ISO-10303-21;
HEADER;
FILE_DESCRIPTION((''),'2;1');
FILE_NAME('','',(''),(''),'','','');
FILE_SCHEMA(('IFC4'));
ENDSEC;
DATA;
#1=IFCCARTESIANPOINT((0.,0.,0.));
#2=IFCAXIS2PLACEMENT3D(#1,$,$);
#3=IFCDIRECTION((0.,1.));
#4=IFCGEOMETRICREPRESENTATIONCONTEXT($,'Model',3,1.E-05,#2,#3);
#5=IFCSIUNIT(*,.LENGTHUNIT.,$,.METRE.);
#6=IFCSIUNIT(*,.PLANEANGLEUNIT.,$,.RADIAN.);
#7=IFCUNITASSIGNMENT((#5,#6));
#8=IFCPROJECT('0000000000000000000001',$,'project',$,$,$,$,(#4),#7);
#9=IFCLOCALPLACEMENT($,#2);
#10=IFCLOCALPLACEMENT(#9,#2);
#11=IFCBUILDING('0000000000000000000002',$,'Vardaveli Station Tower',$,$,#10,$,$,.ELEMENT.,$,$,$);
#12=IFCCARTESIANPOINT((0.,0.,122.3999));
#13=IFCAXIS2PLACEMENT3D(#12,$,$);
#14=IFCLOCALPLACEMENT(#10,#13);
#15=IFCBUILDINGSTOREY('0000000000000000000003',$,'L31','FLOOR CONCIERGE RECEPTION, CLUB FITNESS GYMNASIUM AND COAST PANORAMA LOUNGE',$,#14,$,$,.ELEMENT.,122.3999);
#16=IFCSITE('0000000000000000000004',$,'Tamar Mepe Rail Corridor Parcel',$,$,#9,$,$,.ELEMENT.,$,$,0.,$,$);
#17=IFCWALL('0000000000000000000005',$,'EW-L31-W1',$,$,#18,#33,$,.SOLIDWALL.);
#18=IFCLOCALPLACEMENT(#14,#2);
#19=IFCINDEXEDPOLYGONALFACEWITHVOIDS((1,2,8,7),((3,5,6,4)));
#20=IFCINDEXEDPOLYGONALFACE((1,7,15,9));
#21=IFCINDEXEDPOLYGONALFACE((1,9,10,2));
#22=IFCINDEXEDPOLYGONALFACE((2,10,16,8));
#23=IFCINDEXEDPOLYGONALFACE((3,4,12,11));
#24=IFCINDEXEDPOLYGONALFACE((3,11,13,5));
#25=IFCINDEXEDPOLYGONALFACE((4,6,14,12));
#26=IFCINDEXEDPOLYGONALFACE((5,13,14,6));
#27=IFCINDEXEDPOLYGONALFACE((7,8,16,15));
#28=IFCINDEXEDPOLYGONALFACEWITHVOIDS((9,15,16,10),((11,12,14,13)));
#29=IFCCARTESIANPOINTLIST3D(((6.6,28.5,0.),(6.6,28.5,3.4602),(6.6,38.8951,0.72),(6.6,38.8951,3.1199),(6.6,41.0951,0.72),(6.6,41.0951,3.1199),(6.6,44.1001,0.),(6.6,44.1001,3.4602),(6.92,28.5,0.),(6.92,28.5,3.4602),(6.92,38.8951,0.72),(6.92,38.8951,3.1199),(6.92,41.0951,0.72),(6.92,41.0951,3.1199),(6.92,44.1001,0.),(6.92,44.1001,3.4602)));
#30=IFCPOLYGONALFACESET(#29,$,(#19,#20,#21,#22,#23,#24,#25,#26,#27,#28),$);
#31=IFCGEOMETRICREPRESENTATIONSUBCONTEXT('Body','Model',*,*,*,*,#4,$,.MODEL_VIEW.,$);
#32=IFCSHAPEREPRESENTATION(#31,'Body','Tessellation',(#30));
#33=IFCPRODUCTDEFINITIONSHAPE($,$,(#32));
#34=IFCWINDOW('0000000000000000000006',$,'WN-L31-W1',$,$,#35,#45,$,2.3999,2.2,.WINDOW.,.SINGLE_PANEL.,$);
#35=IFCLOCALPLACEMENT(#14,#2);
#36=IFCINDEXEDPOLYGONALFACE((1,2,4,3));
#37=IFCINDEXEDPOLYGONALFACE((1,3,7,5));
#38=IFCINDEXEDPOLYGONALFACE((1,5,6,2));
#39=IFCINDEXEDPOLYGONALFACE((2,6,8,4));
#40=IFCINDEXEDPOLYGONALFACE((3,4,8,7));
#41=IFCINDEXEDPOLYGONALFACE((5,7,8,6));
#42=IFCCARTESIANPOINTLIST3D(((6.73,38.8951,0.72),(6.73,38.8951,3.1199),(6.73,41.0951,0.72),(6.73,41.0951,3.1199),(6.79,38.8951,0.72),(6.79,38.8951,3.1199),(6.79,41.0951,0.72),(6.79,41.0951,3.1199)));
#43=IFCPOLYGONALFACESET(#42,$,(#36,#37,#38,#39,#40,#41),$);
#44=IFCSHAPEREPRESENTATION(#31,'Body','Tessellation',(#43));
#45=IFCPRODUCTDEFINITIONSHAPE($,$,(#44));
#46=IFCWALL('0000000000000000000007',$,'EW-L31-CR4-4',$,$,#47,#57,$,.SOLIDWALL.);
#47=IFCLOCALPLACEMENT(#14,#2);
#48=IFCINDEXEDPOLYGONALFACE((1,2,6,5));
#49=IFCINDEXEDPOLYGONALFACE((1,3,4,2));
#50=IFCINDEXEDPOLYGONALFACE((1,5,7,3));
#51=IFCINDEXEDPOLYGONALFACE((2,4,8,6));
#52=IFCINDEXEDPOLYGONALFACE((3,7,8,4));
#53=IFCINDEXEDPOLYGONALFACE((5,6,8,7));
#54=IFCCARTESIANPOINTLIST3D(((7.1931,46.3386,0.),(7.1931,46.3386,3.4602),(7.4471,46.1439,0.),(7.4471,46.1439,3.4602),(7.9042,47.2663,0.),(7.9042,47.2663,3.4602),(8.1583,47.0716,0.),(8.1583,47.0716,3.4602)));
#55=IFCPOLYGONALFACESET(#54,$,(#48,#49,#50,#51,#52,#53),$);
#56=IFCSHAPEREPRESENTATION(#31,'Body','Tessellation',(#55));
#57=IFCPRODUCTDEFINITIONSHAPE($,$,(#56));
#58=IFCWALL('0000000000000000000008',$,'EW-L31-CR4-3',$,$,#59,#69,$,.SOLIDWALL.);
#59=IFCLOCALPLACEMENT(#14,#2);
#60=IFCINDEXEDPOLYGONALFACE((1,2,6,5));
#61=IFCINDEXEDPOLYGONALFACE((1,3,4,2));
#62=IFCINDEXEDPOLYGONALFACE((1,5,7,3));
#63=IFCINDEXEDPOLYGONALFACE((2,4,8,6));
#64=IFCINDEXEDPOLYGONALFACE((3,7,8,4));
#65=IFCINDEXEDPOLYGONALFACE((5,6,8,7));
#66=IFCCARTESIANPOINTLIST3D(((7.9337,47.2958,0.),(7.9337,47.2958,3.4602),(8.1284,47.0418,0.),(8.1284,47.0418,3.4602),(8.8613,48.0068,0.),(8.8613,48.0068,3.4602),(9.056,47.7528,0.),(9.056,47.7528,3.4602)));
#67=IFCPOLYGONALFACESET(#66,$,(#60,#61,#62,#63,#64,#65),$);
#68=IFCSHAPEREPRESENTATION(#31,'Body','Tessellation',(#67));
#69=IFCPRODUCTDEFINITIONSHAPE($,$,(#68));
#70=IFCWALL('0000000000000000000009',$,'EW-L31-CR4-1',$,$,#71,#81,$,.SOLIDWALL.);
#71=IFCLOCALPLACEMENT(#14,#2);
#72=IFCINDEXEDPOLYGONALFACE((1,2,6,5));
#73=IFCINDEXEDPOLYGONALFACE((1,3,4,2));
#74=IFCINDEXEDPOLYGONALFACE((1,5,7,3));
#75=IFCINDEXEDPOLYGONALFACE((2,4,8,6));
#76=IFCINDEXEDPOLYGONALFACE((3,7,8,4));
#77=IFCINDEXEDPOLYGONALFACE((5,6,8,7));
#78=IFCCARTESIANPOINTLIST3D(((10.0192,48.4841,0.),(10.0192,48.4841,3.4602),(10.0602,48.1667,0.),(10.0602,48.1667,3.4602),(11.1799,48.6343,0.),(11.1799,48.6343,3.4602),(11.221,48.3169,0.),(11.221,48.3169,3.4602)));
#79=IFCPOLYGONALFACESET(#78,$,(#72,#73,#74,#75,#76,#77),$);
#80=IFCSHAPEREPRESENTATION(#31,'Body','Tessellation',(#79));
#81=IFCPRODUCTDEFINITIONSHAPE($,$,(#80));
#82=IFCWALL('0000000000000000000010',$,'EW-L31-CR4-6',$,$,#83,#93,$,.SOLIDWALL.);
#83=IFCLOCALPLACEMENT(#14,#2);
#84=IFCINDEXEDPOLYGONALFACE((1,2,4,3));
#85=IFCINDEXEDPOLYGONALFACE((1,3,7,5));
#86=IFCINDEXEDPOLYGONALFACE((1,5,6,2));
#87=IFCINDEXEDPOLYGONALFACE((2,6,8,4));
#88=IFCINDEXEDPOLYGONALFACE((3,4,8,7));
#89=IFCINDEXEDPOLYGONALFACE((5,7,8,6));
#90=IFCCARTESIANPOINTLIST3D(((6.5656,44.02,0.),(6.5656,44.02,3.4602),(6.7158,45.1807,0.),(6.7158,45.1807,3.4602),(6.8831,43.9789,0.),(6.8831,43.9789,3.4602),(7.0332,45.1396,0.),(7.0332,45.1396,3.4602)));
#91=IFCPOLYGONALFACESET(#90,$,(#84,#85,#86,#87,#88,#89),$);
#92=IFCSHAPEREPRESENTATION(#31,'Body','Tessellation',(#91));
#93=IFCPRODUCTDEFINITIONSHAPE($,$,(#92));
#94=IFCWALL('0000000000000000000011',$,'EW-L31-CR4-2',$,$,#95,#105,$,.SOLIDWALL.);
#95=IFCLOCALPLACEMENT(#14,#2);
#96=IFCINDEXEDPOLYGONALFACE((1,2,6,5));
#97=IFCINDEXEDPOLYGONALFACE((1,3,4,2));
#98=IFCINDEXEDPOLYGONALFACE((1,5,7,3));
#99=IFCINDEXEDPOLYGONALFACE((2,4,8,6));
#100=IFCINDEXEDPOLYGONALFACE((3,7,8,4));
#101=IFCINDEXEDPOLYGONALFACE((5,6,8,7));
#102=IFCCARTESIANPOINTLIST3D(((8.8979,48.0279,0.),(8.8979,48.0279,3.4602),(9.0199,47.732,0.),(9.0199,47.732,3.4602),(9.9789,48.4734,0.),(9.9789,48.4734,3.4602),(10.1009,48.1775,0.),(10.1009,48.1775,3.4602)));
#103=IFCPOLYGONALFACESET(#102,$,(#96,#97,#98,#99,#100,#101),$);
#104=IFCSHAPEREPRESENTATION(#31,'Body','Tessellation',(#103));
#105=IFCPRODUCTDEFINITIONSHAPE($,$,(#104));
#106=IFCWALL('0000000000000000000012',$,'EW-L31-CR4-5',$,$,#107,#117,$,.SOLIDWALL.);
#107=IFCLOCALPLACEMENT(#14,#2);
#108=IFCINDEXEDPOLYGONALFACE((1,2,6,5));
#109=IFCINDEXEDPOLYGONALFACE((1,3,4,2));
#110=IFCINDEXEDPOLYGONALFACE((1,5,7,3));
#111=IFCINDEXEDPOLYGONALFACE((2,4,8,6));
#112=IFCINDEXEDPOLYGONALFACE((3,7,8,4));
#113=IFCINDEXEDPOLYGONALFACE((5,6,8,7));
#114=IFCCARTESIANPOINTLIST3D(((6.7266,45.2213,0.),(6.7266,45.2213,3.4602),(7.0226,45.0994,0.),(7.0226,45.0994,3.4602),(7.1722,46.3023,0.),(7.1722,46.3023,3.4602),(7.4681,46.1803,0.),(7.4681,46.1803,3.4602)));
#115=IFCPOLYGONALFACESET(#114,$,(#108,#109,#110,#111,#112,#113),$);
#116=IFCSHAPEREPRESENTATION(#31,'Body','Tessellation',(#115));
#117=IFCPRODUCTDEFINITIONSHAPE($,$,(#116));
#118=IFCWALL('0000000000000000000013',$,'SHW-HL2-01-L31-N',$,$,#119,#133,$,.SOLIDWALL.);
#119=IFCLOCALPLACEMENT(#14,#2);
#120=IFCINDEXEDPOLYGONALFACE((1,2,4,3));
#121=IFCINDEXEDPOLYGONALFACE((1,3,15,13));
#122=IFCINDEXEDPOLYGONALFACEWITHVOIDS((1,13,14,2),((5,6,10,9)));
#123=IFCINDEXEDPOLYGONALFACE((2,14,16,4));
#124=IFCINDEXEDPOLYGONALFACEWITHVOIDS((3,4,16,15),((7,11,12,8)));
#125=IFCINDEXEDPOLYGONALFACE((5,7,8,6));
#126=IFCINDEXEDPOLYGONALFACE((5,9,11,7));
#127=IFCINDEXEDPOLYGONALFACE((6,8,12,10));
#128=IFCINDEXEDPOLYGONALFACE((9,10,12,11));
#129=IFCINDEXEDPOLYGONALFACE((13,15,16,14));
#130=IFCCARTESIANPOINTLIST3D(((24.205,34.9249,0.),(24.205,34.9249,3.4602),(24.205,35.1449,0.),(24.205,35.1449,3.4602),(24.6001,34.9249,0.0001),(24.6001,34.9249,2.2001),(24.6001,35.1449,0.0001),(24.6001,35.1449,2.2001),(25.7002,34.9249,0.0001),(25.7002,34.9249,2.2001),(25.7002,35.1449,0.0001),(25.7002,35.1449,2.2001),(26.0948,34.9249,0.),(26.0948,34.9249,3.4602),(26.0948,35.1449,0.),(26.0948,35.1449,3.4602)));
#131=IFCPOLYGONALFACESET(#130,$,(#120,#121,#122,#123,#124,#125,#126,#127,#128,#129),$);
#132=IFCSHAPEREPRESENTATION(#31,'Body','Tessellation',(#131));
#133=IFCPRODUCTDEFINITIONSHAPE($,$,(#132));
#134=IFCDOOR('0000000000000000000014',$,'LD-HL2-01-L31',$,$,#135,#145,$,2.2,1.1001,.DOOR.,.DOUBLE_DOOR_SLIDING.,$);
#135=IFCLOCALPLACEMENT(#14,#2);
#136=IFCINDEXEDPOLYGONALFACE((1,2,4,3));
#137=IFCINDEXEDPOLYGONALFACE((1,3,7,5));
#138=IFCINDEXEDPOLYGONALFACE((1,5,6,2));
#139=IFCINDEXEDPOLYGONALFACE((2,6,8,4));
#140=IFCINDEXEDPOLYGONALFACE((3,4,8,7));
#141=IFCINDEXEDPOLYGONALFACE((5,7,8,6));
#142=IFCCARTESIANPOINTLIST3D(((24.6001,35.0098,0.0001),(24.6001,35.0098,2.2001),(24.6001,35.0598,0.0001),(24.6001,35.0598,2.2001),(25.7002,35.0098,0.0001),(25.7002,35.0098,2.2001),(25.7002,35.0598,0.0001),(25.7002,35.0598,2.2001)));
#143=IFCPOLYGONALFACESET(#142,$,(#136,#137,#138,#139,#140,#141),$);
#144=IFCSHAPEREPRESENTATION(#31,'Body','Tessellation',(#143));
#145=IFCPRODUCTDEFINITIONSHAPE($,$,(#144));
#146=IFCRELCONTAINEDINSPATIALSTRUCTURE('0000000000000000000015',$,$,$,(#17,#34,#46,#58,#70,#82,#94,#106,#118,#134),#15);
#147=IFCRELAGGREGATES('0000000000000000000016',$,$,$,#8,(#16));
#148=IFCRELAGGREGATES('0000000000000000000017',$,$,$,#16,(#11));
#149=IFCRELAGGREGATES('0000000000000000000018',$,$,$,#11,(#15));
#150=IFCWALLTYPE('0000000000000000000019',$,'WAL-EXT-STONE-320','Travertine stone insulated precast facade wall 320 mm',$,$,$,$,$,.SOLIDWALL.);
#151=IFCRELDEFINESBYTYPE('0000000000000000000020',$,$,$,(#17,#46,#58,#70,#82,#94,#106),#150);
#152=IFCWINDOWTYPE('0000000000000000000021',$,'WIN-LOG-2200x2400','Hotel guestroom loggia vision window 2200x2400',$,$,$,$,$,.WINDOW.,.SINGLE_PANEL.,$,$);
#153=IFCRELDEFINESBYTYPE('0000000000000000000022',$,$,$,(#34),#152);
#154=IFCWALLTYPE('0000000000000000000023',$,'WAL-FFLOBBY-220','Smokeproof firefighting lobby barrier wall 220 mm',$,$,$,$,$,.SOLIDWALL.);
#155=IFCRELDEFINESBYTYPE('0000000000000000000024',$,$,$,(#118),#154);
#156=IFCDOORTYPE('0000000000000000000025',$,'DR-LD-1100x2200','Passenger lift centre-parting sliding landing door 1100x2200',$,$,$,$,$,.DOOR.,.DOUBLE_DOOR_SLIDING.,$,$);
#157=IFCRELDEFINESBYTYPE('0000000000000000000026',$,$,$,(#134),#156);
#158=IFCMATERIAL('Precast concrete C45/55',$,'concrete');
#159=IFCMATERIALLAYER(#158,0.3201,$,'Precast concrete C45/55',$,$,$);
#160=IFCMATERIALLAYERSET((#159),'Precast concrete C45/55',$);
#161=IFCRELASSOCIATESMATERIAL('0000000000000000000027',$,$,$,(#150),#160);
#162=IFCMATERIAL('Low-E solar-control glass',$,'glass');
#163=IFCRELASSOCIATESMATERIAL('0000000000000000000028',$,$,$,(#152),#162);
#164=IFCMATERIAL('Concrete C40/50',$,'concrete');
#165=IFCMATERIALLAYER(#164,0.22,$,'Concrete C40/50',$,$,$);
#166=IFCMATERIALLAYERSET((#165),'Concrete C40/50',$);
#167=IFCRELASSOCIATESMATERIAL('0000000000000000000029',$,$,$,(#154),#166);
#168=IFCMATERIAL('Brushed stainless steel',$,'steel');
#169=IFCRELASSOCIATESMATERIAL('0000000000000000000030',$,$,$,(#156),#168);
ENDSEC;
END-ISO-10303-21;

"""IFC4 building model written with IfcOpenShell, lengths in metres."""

from ifc_helpers import new_model, si_unit, direction, frame, frame_2d, origin, place, context, subcontext, project, spatial, rectangle, extrude, source, transform, mapped, material, layer, layer_set, type_object, element, fill, save


model = new_model("IFC4")

# Units and contexts
model_context = context("Model", 3, precision=1e-05, world=origin(), true_north=direction((0.0, 1.0)))
body_context = subcontext(model_context, "Body", "Model", "MODEL_VIEW")
ifc_project = project(units=[si_unit("LENGTHUNIT", "METRE"), si_unit("PLANEANGLEUNIT", "RADIAN")], contexts=[model_context])

# Site, building, storey
site_placement = place(None, origin())
site = spatial("IfcSite", under=ifc_project, at=site_placement, Name="Tamar Mepe Rail Corridor Parcel", CompositionType="ELEMENT", RefElevation=0.0)
building_placement = place(site_placement, origin())
building = spatial("IfcBuilding", under=site, at=building_placement, Name="Vardaveli Station Tower", CompositionType="ELEMENT")
storey_placement = place(building_placement, frame((0.0, 0.0, 122.3999)))
storey = spatial("IfcBuildingStorey", under=building, at=storey_placement, Name="L31", Description="FLOOR CONCIERGE RECEPTION, CLUB FITNESS GYMNASIUM AND COAST PANORAMA LOUNGE", CompositionType="ELEMENT", Elevation=122.3999)

# Shared definitions
ifc_material_1 = material(Name="Precast concrete C45/55", Category="concrete")

# Wall, opening, window
ifc_layer_1 = layer(ifc_material_1, 0.3201, Name="Precast concrete C45/55")
ifc_layer_set_1 = layer_set([ifc_layer_1], Name="Precast concrete C45/55")
wall_type_1 = type_object("IfcWallType", Name="WAL-EXT-STONE-320", Description="Travertine stone insulated precast facade wall 320 mm", PredefinedType="SOLIDWALL", material=ifc_layer_set_1)
shared_shape_1 = source(origin(), body_context, "Body", "SweptSolid", [
    extrude(rectangle(XDim=15.6001, YDim=0.3201, at=frame_2d((7.8, 0.0))), origin(), (0.0, 0.0, 1.0), 3.4602),
])
wall_1_placement = place(storey_placement, frame((6.76, 44.1001, 0.0), z_axis=(0.0, 0.0, 1.0), x_axis=(0.0, -1.0, 0.0)))
wall_1 = element("IfcWall", 1, at=wall_1_placement, inside=storey, type_object=wall_type_1, Name="EW-L31-W1", PredefinedType="SOLIDWALL", context=body_context, shape_type="MappedRepresentation", body=[
    mapped(shared_shape_1, transform((0.0, 0.0, 0.0), scale=1.0)),
])
shared_shape_2 = source(origin(), body_context, "Body", "SweptSolid", [
    extrude(rectangle(XDim=2.2, YDim=2.3999, at=frame_2d((1.1001, 1.2))), frame((0.0, 0.1699, 0.0), z_axis=(0.0, -1.0, 0.0), x_axis=(1.0, 0.0, 0.0)), (0.0, 0.0, 1.0), 0.3401),
])
opening_1_placement = place(wall_1_placement, frame((3.0049, 0.0, 0.72)))
opening_1 = element("IfcOpeningElement", 2, at=opening_1_placement, cuts=wall_1, PredefinedType="OPENING", context=body_context, shape_type="MappedRepresentation", body=[
    mapped(shared_shape_2, transform((0.0, 0.0, 0.0), scale=1.0)),
])
ifc_material_2 = material(Name="Low-E solar-control glass", Category="glass")
window_type = type_object("IfcWindowType", Name="WIN-LOG-2200x2400", Description="Hotel guestroom loggia vision window 2200x2400", PartitioningType="SINGLE_PANEL", PredefinedType="WINDOW", material=ifc_material_2)
shared_shape_3 = source(origin(), body_context, "Body", "SweptSolid", [
    extrude(rectangle(XDim=2.2, YDim=2.3999, at=frame_2d((1.1001, 1.2))), frame((0.0, 0.03, 0.0), z_axis=(0.0, -1.0, 0.0), x_axis=(1.0, 0.0, 0.0)), (0.0, 0.0, 1.0), 0.0601),
])
window_placement = place(opening_1_placement, origin())
window = element("IfcWindow", 3, at=window_placement, inside=storey, type_object=window_type, Name="WN-L31-W1", OverallHeight=2.3999, OverallWidth=2.2, PartitioningType="SINGLE_PANEL", PredefinedType="WINDOW", context=body_context, shape_type="MappedRepresentation", body=[
    mapped(shared_shape_3, transform((0.0, 0.0, 0.0), scale=1.0)),
])
fill(opening_1, window)

# Walls
shared_shape_4 = source(origin(), body_context, "Body", "SweptSolid", [
    extrude(rectangle(XDim=1.1689, YDim=0.3201, at=frame_2d((0.5845, 0.0))), origin(), (0.0, 0.0, 1.0), 3.4602),
])
wall_2_placement = place(storey_placement, frame((8.0312, 47.1689, 0.0), z_axis=(0.0, 0.0, 1.0), x_axis=(-0.608388, -0.79364, 0.0)))
element("IfcWall", 4, at=wall_2_placement, inside=storey, type_object=wall_type_1, Name="EW-L31-CR4-4", PredefinedType="SOLIDWALL", context=body_context, shape_type="MappedRepresentation", body=[
    mapped(shared_shape_4, transform((0.0, 0.0, 0.0), scale=1.0)),
])
shared_shape_5 = source(origin(), body_context, "Body", "SweptSolid", [
    extrude(rectangle(XDim=1.1687, YDim=0.3201, at=frame_2d((0.5845, 0.0))), origin(), (0.0, 0.0, 1.0), 3.4602),
])
wall_3_placement = place(storey_placement, frame((8.9587, 47.8799, 0.0), z_axis=(0.0, 0.0, 1.0), x_axis=(-0.793664, -0.608357, 0.0)))
element("IfcWall", 5, at=wall_3_placement, inside=storey, type_object=wall_type_1, Name="EW-L31-CR4-3", PredefinedType="SOLIDWALL", context=body_context, shape_type="MappedRepresentation", body=[
    mapped(shared_shape_5, transform((0.0, 0.0, 0.0), scale=1.0)),
])
shared_shape_6 = source(origin(), body_context, "Body", "SweptSolid", [
    extrude(rectangle(XDim=1.1704, YDim=0.3201, at=frame_2d((0.5852, 0.0))), origin(), (0.0, 0.0, 1.0), 3.4602),
])
for number, where, z_axis, x_axis, name in (
    (6, (11.2004, 48.4756, 0.0), (0.0, 0.0, 1.0), (-0.991736, -0.128296, 0.0), "EW-L31-CR4-1"),
    (7, (6.8745, 45.1602, 0.0), (0.0, 0.0, 1.0), (-0.128296, -0.991736, 0.0), "EW-L31-CR4-6"),
):
    element("IfcWall", number, at=place(storey_placement, frame(where, z_axis=z_axis, x_axis=x_axis)), inside=storey, type_object=wall_type_1, Name=name, PredefinedType="SOLIDWALL", context=body_context, shape_type="MappedRepresentation", body=[
        mapped(shared_shape_6, transform((0.0, 0.0, 0.0), scale=1.0)),
    ])
shared_shape_7 = source(origin(), body_context, "Body", "SweptSolid", [
    extrude(rectangle(XDim=1.1692, YDim=0.3201, at=frame_2d((0.5845, 0.0))), origin(), (0.0, 0.0, 1.0), 3.4602),
])
for number, where, z_axis, x_axis, name in (
    (8, (10.0398, 48.3254, 0.0), (0.0, 0.0, 1.0), (-0.924553, -0.381054, 0.0), "EW-L31-CR4-2"),
    (9, (7.3201, 46.2412, 0.0), (0.0, 0.0, 1.0), (-0.381054, -0.924553, 0.0), "EW-L31-CR4-5"),
):
    element("IfcWall", number, at=place(storey_placement, frame(where, z_axis=z_axis, x_axis=x_axis)), inside=storey, type_object=wall_type_1, Name=name, PredefinedType="SOLIDWALL", context=body_context, shape_type="MappedRepresentation", body=[
        mapped(shared_shape_7, transform((0.0, 0.0, 0.0), scale=1.0)),
    ])

# Wall, opening, door
ifc_material_3 = material(Name="Concrete C40/50", Category="concrete")
ifc_layer_2 = layer(ifc_material_3, 0.22, Name="Concrete C40/50")
ifc_layer_set_2 = layer_set([ifc_layer_2], Name="Concrete C40/50")
wall_type_2 = type_object("IfcWallType", Name="WAL-FFLOBBY-220", Description="Smokeproof firefighting lobby barrier wall 220 mm", PredefinedType="SOLIDWALL", material=ifc_layer_set_2)
shared_shape_8 = source(origin(), body_context, "Body", "SweptSolid", [
    extrude(rectangle(XDim=1.8899, YDim=0.22, at=frame_2d((0.9448, 0.0))), origin(), (0.0, 0.0, 1.0), 3.4602),
])
wall_4_placement = place(storey_placement, frame((24.2051, 35.0349, 0.0), z_axis=(0.0, 0.0, 1.0), x_axis=(1.0, 0.0, 0.0)))
wall_4 = element("IfcWall", 10, at=wall_4_placement, inside=storey, type_object=wall_type_2, Name="SHW-HL2-01-L31-N", PredefinedType="SOLIDWALL", context=body_context, shape_type="MappedRepresentation", body=[
    mapped(shared_shape_8, transform((0.0, 0.0, 0.0), scale=1.0)),
])
shared_shape_9 = source(origin(), body_context, "Body", "SweptSolid", [
    extrude(rectangle(XDim=1.1001, YDim=2.2, at=frame_2d((0.55, 1.1001))), frame((0.0, 0.1201, 0.0), z_axis=(0.0, -1.0, 0.0), x_axis=(1.0, 0.0, 0.0)), (0.0, 0.0, 1.0), 0.24),
])
opening_2_placement = place(wall_4_placement, frame((0.395, 0.0, 0.0)))
opening_2 = element("IfcOpeningElement", 11, at=opening_2_placement, cuts=wall_4, PredefinedType="OPENING", context=body_context, shape_type="MappedRepresentation", body=[
    mapped(shared_shape_9, transform((0.0, 0.0, 0.0), scale=1.0)),
])
ifc_material_4 = material(Name="Brushed stainless steel", Category="steel")
door_type_1 = type_object("IfcDoorType", Name="DR-LD-1100x2200", Description="Passenger lift centre-parting sliding landing door 1100x2200", OperationType="DOUBLE_DOOR_SLIDING", PredefinedType="DOOR", material=ifc_material_4)
shared_shape_10 = source(origin(), body_context, "Body", "SweptSolid", [
    extrude(rectangle(XDim=1.1001, YDim=2.2, at=frame_2d((0.55, 1.1001))), frame((0.0, 0.0249, 0.0), z_axis=(0.0, -1.0, 0.0), x_axis=(1.0, 0.0, 0.0)), (0.0, 0.0, 1.0), 0.05),
])
door_1_placement = place(opening_2_placement, origin())
door_1 = element("IfcDoor", 12, at=door_1_placement, inside=storey, type_object=door_type_1, Name="LD-HL2-01-L31", OperationType="DOUBLE_DOOR_SLIDING", OverallHeight=2.2, OverallWidth=1.1001, PredefinedType="DOOR", context=body_context, shape_type="MappedRepresentation", body=[
    mapped(shared_shape_10, transform((0.0, 0.0, 0.0), scale=1.0)),
])
fill(opening_2, door_1)

save(model, "model.ifc")
